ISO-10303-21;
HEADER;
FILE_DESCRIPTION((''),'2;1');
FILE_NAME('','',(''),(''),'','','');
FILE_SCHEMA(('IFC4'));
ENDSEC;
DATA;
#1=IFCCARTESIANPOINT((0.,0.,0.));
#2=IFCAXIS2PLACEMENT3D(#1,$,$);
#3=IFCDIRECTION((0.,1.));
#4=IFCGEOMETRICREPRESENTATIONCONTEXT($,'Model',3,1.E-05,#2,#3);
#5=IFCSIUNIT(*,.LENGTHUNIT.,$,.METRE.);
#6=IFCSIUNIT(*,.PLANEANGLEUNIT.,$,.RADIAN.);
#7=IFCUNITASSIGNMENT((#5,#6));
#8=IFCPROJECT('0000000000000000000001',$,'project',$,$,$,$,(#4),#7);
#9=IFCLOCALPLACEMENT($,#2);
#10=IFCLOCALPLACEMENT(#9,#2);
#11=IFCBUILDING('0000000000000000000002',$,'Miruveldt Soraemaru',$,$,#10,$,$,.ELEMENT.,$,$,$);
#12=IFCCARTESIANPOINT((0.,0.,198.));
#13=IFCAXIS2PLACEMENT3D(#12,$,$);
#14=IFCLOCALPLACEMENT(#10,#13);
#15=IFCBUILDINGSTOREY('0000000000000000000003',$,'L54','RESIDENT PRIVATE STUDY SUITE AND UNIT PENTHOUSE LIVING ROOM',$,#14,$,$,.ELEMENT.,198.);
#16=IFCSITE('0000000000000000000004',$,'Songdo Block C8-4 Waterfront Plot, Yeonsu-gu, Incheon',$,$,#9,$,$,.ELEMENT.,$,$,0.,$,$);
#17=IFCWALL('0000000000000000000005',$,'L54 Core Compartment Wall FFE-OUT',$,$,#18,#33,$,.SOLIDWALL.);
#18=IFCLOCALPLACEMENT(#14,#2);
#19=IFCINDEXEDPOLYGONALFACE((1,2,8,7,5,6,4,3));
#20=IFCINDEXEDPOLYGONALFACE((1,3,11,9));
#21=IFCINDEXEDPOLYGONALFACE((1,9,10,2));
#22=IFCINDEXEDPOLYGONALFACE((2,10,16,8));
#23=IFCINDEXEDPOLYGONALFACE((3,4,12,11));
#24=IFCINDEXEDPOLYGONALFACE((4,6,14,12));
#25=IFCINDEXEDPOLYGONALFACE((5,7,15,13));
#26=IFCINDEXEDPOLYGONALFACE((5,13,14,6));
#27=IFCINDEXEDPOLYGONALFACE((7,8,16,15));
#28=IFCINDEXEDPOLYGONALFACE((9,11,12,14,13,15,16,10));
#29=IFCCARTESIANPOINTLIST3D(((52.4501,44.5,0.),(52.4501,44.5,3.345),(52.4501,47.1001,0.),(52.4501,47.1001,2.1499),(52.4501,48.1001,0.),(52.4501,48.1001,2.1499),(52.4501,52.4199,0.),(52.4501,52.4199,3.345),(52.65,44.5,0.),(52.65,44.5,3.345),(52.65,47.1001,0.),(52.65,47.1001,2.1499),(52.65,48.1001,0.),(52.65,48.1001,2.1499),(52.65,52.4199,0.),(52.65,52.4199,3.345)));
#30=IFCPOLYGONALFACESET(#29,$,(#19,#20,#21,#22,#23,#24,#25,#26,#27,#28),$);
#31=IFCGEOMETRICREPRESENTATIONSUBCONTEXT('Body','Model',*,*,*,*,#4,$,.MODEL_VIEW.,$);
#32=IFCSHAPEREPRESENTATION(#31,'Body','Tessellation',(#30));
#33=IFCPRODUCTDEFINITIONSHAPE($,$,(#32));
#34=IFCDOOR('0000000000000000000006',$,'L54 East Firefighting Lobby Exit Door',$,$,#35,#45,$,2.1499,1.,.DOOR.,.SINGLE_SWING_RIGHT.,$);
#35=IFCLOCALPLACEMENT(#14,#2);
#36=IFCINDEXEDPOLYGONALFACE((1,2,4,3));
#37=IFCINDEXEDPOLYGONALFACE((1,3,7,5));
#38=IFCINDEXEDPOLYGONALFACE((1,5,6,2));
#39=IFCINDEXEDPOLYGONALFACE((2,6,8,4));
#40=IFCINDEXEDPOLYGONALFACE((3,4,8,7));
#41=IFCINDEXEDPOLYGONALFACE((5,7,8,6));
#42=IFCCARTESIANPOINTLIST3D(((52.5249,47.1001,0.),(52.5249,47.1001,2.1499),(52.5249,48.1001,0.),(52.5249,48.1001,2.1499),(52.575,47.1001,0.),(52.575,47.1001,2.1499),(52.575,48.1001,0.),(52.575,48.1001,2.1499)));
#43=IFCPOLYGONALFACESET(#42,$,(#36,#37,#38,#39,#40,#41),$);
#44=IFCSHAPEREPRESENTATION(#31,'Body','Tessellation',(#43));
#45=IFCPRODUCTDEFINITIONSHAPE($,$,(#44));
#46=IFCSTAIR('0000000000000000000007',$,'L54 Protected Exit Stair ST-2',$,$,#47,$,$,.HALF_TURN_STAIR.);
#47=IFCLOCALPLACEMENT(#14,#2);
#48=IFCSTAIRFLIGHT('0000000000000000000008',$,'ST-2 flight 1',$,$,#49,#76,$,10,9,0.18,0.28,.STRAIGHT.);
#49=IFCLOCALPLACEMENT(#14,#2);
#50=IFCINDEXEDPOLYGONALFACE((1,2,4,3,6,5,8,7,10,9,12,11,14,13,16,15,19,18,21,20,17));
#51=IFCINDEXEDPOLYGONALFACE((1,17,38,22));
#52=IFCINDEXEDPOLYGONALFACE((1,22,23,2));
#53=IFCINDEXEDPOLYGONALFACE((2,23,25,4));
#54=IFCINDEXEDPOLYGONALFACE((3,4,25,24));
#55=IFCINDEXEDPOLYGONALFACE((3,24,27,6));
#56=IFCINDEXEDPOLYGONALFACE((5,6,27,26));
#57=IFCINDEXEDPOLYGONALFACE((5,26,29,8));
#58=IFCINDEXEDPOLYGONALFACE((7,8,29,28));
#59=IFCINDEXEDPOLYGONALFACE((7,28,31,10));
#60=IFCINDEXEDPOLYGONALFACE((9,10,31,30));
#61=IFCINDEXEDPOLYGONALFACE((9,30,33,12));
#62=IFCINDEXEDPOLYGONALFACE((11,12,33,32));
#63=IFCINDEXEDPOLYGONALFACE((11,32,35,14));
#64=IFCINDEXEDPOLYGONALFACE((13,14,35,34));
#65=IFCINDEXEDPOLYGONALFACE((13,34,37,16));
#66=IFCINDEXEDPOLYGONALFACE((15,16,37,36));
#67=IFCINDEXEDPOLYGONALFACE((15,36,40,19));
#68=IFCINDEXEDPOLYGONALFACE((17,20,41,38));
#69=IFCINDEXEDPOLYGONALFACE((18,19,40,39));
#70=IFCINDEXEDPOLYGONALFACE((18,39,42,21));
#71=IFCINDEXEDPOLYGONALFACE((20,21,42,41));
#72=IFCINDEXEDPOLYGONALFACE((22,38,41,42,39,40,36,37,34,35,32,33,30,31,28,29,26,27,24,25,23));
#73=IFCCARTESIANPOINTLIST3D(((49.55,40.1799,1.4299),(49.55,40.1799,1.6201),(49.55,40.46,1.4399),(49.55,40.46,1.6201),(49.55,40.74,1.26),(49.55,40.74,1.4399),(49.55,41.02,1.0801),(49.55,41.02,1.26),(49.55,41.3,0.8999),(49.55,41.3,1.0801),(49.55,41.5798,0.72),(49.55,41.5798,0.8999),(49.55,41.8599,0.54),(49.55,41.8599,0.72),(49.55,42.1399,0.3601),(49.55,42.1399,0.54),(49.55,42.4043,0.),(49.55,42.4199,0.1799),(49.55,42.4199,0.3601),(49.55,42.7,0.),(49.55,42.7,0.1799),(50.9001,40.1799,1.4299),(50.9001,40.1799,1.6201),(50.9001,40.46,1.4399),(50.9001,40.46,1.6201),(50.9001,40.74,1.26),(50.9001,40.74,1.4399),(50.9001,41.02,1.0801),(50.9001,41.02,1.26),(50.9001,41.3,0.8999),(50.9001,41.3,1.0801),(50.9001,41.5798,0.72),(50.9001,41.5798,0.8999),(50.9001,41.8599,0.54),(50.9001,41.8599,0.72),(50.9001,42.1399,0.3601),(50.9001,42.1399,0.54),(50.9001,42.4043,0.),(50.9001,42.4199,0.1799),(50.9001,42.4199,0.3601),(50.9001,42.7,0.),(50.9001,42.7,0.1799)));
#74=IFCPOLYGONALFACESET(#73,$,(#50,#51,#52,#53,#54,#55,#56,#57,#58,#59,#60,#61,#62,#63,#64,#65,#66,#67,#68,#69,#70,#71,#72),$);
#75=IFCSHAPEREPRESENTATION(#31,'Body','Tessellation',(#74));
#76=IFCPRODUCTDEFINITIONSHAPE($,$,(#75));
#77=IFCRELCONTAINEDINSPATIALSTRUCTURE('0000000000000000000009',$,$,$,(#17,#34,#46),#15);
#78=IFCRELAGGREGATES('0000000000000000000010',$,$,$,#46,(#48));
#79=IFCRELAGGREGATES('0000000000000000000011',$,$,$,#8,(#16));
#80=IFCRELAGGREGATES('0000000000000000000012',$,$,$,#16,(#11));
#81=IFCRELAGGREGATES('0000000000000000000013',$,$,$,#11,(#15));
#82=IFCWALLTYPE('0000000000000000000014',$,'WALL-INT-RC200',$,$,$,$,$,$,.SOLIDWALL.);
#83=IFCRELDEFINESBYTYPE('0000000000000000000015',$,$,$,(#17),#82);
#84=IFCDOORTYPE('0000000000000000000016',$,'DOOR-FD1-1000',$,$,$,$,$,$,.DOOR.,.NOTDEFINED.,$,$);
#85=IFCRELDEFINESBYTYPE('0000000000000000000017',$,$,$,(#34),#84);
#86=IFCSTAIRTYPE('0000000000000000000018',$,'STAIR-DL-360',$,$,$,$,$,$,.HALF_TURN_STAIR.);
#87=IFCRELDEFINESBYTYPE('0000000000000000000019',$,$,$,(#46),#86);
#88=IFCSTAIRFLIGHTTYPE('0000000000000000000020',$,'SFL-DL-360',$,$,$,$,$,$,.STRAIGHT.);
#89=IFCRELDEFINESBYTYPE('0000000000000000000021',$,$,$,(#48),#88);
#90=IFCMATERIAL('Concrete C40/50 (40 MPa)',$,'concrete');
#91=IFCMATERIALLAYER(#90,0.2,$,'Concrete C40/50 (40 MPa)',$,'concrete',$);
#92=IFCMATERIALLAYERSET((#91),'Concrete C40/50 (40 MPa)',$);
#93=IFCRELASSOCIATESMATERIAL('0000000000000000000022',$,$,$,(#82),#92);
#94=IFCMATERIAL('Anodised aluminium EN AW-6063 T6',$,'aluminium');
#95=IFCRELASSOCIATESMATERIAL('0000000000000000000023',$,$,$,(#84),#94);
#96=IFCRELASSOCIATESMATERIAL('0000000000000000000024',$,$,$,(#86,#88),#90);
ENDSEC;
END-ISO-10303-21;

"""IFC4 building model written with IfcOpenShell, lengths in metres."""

from ifc_helpers import new_model, si_unit, direction, frame, frame_2d, origin, place, context, subcontext, project, spatial, polyline, rectangle, outline, extrude, material, layer, layer_set, type_object, element, fill, aggregate, save


model = new_model("IFC4")

# Units and contexts
model_context = context("Model", 3, precision=1e-05, world=origin(), true_north=direction((0.0, 1.0)))
body_context = subcontext(model_context, "Body", "Model", "MODEL_VIEW")
ifc_project = project(units=[si_unit("LENGTHUNIT", "METRE"), si_unit("PLANEANGLEUNIT", "RADIAN")], contexts=[model_context])

# Site, building, storey
site_placement = place(None, origin())
site = spatial("IfcSite", under=ifc_project, at=site_placement, Name="Songdo Block C8-4 Waterfront Plot, Yeonsu-gu, Incheon", CompositionType="ELEMENT", RefElevation=0.0)
building_placement = place(site_placement, origin())
building = spatial("IfcBuilding", under=site, at=building_placement, Name="Miruveldt Soraemaru", CompositionType="ELEMENT")
storey_placement = place(building_placement, frame((0.0, 0.0, 198.0)))
storey = spatial("IfcBuildingStorey", under=building, at=storey_placement, Name="L54", Description="RESIDENT PRIVATE STUDY SUITE AND UNIT PENTHOUSE LIVING ROOM", CompositionType="ELEMENT", Elevation=198.0)

# Wall, opening, door
ifc_material_1 = material(Name="Concrete C40/50 (40 MPa)", Category="concrete")
ifc_layer_1 = layer(ifc_material_1, 0.2, Name="Concrete C40/50 (40 MPa)", Category="concrete")
ifc_layer_set_1 = layer_set([ifc_layer_1], Name="Concrete C40/50 (40 MPa)")
wall_type_1 = type_object("IfcWallType", Name="WALL-INT-RC200", PredefinedType="SOLIDWALL", material=ifc_layer_set_1)
wall_1_placement = place(storey_placement, frame((52.55, 44.5, 0.0), z_axis=(0.0, 0.0, 1.0), x_axis=(0.0, 1.0, 0.0)))
wall_1 = element("IfcWall", 1, at=wall_1_placement, inside=storey, type_object=wall_type_1, Name="L54 Core Compartment Wall FFE-OUT", PredefinedType="SOLIDWALL", context=body_context, shape_type="SweptSolid", body=[
    extrude(rectangle(XDim=7.9199, YDim=0.2, at=frame_2d((3.96, 0.0))), origin(), (0.0, 0.0, 1.0), 3.345),
])
opening_1_placement = place(wall_1_placement, frame((2.6001, 0.0, 0.0)))
opening_1 = element("IfcOpeningElement", 2, at=opening_1_placement, cuts=wall_1, PredefinedType="OPENING", context=body_context, shape_type="SweptSolid", body=[
    extrude(rectangle(XDim=1.0, YDim=2.1499, at=frame_2d((0.5, 1.075))), frame((0.0, 0.1099, 0.0), z_axis=(0.0, -1.0, 0.0), x_axis=(1.0, 0.0, 0.0)), (0.0, 0.0, 1.0), 0.22),
])
ifc_material_2 = material(Name="Anodised aluminium EN AW-6063 T6", Category="aluminium")
door_type = type_object("IfcDoorType", Name="DOOR-FD1-1000", OperationType="NOTDEFINED", PredefinedType="DOOR", material=ifc_material_2)
door_placement = place(opening_1_placement, frame((1.0, 0.0, 0.0), z_axis=(0.0, 0.0, 1.0), x_axis=(-1.0, 0.0, 0.0)))
door = element("IfcDoor", 3, at=door_placement, inside=storey, type_object=door_type, Name="L54 East Firefighting Lobby Exit Door", OperationType="SINGLE_SWING_RIGHT", OverallHeight=2.1499, OverallWidth=1.0, PredefinedType="DOOR", context=body_context, shape_type="SweptSolid", body=[
    extrude(rectangle(XDim=1.0, YDim=2.1499, at=frame_2d((0.5, 1.075))), frame((0.0, 0.0249, 0.0), z_axis=(0.0, -1.0, 0.0), x_axis=(1.0, 0.0, 0.0)), (0.0, 0.0, 1.0), 0.05),
])
fill(opening_1, door)

# Stair, stair flight
stair_type = type_object("IfcStairType", Name="STAIR-DL-360", PredefinedType="HALF_TURN_STAIR", material=ifc_material_1)
stair_placement = place(storey_placement, origin())
stair = element("IfcStair", 4, at=stair_placement, inside=storey, type_object=stair_type, Name="L54 Protected Exit Stair ST-2", PredefinedType="HALF_TURN_STAIR")
stair_flight_type = type_object("IfcStairFlightType", Name="SFL-DL-360", PredefinedType="STRAIGHT", material=ifc_material_1)
stair_flight_placement = place(storey_placement, frame((50.2251, 42.7, 0.0), z_axis=(0.0, 0.0, 1.0), x_axis=(0.0, -1.0, 0.0)))
stair_flight = element("IfcStairFlight", 5, at=stair_flight_placement, type_object=stair_flight_type, Name="ST-2 flight 1", NumberOfRisers=10, NumberOfTreads=9, PredefinedType="STRAIGHT", RiserHeight=0.18, TreadLength=0.28, context=body_context, shape_type="SweptSolid", body=[
    extrude(outline(polyline([(0.0, 0.0), (0.0, 0.1799), (0.28, 0.1799), (0.28, 0.3601), (0.5601, 0.3601), (0.5601, 0.54), (0.8401, 0.54), (0.8401, 0.72), (1.1201, 0.72), (1.1201, 0.8999), (1.3999, 0.8999), (1.3999, 1.0801), (1.6799, 1.0801), (1.6799, 1.26), (1.96, 1.26), (1.96, 1.4399), (2.24, 1.4399), (2.24, 1.6201), (2.52, 1.6201), (2.52, 1.8), (2.52, 1.4299), (0.2957, 0.0), (0.0, 0.0)])), frame((0.0, 0.675, 0.0), z_axis=(0.0, -1.0, 0.0), x_axis=(1.0, 0.0, 0.0)), (0.0, 0.0, 1.0), 1.3501),
])
aggregate(stair, [stair_flight])

save(model, "model.ifc")
